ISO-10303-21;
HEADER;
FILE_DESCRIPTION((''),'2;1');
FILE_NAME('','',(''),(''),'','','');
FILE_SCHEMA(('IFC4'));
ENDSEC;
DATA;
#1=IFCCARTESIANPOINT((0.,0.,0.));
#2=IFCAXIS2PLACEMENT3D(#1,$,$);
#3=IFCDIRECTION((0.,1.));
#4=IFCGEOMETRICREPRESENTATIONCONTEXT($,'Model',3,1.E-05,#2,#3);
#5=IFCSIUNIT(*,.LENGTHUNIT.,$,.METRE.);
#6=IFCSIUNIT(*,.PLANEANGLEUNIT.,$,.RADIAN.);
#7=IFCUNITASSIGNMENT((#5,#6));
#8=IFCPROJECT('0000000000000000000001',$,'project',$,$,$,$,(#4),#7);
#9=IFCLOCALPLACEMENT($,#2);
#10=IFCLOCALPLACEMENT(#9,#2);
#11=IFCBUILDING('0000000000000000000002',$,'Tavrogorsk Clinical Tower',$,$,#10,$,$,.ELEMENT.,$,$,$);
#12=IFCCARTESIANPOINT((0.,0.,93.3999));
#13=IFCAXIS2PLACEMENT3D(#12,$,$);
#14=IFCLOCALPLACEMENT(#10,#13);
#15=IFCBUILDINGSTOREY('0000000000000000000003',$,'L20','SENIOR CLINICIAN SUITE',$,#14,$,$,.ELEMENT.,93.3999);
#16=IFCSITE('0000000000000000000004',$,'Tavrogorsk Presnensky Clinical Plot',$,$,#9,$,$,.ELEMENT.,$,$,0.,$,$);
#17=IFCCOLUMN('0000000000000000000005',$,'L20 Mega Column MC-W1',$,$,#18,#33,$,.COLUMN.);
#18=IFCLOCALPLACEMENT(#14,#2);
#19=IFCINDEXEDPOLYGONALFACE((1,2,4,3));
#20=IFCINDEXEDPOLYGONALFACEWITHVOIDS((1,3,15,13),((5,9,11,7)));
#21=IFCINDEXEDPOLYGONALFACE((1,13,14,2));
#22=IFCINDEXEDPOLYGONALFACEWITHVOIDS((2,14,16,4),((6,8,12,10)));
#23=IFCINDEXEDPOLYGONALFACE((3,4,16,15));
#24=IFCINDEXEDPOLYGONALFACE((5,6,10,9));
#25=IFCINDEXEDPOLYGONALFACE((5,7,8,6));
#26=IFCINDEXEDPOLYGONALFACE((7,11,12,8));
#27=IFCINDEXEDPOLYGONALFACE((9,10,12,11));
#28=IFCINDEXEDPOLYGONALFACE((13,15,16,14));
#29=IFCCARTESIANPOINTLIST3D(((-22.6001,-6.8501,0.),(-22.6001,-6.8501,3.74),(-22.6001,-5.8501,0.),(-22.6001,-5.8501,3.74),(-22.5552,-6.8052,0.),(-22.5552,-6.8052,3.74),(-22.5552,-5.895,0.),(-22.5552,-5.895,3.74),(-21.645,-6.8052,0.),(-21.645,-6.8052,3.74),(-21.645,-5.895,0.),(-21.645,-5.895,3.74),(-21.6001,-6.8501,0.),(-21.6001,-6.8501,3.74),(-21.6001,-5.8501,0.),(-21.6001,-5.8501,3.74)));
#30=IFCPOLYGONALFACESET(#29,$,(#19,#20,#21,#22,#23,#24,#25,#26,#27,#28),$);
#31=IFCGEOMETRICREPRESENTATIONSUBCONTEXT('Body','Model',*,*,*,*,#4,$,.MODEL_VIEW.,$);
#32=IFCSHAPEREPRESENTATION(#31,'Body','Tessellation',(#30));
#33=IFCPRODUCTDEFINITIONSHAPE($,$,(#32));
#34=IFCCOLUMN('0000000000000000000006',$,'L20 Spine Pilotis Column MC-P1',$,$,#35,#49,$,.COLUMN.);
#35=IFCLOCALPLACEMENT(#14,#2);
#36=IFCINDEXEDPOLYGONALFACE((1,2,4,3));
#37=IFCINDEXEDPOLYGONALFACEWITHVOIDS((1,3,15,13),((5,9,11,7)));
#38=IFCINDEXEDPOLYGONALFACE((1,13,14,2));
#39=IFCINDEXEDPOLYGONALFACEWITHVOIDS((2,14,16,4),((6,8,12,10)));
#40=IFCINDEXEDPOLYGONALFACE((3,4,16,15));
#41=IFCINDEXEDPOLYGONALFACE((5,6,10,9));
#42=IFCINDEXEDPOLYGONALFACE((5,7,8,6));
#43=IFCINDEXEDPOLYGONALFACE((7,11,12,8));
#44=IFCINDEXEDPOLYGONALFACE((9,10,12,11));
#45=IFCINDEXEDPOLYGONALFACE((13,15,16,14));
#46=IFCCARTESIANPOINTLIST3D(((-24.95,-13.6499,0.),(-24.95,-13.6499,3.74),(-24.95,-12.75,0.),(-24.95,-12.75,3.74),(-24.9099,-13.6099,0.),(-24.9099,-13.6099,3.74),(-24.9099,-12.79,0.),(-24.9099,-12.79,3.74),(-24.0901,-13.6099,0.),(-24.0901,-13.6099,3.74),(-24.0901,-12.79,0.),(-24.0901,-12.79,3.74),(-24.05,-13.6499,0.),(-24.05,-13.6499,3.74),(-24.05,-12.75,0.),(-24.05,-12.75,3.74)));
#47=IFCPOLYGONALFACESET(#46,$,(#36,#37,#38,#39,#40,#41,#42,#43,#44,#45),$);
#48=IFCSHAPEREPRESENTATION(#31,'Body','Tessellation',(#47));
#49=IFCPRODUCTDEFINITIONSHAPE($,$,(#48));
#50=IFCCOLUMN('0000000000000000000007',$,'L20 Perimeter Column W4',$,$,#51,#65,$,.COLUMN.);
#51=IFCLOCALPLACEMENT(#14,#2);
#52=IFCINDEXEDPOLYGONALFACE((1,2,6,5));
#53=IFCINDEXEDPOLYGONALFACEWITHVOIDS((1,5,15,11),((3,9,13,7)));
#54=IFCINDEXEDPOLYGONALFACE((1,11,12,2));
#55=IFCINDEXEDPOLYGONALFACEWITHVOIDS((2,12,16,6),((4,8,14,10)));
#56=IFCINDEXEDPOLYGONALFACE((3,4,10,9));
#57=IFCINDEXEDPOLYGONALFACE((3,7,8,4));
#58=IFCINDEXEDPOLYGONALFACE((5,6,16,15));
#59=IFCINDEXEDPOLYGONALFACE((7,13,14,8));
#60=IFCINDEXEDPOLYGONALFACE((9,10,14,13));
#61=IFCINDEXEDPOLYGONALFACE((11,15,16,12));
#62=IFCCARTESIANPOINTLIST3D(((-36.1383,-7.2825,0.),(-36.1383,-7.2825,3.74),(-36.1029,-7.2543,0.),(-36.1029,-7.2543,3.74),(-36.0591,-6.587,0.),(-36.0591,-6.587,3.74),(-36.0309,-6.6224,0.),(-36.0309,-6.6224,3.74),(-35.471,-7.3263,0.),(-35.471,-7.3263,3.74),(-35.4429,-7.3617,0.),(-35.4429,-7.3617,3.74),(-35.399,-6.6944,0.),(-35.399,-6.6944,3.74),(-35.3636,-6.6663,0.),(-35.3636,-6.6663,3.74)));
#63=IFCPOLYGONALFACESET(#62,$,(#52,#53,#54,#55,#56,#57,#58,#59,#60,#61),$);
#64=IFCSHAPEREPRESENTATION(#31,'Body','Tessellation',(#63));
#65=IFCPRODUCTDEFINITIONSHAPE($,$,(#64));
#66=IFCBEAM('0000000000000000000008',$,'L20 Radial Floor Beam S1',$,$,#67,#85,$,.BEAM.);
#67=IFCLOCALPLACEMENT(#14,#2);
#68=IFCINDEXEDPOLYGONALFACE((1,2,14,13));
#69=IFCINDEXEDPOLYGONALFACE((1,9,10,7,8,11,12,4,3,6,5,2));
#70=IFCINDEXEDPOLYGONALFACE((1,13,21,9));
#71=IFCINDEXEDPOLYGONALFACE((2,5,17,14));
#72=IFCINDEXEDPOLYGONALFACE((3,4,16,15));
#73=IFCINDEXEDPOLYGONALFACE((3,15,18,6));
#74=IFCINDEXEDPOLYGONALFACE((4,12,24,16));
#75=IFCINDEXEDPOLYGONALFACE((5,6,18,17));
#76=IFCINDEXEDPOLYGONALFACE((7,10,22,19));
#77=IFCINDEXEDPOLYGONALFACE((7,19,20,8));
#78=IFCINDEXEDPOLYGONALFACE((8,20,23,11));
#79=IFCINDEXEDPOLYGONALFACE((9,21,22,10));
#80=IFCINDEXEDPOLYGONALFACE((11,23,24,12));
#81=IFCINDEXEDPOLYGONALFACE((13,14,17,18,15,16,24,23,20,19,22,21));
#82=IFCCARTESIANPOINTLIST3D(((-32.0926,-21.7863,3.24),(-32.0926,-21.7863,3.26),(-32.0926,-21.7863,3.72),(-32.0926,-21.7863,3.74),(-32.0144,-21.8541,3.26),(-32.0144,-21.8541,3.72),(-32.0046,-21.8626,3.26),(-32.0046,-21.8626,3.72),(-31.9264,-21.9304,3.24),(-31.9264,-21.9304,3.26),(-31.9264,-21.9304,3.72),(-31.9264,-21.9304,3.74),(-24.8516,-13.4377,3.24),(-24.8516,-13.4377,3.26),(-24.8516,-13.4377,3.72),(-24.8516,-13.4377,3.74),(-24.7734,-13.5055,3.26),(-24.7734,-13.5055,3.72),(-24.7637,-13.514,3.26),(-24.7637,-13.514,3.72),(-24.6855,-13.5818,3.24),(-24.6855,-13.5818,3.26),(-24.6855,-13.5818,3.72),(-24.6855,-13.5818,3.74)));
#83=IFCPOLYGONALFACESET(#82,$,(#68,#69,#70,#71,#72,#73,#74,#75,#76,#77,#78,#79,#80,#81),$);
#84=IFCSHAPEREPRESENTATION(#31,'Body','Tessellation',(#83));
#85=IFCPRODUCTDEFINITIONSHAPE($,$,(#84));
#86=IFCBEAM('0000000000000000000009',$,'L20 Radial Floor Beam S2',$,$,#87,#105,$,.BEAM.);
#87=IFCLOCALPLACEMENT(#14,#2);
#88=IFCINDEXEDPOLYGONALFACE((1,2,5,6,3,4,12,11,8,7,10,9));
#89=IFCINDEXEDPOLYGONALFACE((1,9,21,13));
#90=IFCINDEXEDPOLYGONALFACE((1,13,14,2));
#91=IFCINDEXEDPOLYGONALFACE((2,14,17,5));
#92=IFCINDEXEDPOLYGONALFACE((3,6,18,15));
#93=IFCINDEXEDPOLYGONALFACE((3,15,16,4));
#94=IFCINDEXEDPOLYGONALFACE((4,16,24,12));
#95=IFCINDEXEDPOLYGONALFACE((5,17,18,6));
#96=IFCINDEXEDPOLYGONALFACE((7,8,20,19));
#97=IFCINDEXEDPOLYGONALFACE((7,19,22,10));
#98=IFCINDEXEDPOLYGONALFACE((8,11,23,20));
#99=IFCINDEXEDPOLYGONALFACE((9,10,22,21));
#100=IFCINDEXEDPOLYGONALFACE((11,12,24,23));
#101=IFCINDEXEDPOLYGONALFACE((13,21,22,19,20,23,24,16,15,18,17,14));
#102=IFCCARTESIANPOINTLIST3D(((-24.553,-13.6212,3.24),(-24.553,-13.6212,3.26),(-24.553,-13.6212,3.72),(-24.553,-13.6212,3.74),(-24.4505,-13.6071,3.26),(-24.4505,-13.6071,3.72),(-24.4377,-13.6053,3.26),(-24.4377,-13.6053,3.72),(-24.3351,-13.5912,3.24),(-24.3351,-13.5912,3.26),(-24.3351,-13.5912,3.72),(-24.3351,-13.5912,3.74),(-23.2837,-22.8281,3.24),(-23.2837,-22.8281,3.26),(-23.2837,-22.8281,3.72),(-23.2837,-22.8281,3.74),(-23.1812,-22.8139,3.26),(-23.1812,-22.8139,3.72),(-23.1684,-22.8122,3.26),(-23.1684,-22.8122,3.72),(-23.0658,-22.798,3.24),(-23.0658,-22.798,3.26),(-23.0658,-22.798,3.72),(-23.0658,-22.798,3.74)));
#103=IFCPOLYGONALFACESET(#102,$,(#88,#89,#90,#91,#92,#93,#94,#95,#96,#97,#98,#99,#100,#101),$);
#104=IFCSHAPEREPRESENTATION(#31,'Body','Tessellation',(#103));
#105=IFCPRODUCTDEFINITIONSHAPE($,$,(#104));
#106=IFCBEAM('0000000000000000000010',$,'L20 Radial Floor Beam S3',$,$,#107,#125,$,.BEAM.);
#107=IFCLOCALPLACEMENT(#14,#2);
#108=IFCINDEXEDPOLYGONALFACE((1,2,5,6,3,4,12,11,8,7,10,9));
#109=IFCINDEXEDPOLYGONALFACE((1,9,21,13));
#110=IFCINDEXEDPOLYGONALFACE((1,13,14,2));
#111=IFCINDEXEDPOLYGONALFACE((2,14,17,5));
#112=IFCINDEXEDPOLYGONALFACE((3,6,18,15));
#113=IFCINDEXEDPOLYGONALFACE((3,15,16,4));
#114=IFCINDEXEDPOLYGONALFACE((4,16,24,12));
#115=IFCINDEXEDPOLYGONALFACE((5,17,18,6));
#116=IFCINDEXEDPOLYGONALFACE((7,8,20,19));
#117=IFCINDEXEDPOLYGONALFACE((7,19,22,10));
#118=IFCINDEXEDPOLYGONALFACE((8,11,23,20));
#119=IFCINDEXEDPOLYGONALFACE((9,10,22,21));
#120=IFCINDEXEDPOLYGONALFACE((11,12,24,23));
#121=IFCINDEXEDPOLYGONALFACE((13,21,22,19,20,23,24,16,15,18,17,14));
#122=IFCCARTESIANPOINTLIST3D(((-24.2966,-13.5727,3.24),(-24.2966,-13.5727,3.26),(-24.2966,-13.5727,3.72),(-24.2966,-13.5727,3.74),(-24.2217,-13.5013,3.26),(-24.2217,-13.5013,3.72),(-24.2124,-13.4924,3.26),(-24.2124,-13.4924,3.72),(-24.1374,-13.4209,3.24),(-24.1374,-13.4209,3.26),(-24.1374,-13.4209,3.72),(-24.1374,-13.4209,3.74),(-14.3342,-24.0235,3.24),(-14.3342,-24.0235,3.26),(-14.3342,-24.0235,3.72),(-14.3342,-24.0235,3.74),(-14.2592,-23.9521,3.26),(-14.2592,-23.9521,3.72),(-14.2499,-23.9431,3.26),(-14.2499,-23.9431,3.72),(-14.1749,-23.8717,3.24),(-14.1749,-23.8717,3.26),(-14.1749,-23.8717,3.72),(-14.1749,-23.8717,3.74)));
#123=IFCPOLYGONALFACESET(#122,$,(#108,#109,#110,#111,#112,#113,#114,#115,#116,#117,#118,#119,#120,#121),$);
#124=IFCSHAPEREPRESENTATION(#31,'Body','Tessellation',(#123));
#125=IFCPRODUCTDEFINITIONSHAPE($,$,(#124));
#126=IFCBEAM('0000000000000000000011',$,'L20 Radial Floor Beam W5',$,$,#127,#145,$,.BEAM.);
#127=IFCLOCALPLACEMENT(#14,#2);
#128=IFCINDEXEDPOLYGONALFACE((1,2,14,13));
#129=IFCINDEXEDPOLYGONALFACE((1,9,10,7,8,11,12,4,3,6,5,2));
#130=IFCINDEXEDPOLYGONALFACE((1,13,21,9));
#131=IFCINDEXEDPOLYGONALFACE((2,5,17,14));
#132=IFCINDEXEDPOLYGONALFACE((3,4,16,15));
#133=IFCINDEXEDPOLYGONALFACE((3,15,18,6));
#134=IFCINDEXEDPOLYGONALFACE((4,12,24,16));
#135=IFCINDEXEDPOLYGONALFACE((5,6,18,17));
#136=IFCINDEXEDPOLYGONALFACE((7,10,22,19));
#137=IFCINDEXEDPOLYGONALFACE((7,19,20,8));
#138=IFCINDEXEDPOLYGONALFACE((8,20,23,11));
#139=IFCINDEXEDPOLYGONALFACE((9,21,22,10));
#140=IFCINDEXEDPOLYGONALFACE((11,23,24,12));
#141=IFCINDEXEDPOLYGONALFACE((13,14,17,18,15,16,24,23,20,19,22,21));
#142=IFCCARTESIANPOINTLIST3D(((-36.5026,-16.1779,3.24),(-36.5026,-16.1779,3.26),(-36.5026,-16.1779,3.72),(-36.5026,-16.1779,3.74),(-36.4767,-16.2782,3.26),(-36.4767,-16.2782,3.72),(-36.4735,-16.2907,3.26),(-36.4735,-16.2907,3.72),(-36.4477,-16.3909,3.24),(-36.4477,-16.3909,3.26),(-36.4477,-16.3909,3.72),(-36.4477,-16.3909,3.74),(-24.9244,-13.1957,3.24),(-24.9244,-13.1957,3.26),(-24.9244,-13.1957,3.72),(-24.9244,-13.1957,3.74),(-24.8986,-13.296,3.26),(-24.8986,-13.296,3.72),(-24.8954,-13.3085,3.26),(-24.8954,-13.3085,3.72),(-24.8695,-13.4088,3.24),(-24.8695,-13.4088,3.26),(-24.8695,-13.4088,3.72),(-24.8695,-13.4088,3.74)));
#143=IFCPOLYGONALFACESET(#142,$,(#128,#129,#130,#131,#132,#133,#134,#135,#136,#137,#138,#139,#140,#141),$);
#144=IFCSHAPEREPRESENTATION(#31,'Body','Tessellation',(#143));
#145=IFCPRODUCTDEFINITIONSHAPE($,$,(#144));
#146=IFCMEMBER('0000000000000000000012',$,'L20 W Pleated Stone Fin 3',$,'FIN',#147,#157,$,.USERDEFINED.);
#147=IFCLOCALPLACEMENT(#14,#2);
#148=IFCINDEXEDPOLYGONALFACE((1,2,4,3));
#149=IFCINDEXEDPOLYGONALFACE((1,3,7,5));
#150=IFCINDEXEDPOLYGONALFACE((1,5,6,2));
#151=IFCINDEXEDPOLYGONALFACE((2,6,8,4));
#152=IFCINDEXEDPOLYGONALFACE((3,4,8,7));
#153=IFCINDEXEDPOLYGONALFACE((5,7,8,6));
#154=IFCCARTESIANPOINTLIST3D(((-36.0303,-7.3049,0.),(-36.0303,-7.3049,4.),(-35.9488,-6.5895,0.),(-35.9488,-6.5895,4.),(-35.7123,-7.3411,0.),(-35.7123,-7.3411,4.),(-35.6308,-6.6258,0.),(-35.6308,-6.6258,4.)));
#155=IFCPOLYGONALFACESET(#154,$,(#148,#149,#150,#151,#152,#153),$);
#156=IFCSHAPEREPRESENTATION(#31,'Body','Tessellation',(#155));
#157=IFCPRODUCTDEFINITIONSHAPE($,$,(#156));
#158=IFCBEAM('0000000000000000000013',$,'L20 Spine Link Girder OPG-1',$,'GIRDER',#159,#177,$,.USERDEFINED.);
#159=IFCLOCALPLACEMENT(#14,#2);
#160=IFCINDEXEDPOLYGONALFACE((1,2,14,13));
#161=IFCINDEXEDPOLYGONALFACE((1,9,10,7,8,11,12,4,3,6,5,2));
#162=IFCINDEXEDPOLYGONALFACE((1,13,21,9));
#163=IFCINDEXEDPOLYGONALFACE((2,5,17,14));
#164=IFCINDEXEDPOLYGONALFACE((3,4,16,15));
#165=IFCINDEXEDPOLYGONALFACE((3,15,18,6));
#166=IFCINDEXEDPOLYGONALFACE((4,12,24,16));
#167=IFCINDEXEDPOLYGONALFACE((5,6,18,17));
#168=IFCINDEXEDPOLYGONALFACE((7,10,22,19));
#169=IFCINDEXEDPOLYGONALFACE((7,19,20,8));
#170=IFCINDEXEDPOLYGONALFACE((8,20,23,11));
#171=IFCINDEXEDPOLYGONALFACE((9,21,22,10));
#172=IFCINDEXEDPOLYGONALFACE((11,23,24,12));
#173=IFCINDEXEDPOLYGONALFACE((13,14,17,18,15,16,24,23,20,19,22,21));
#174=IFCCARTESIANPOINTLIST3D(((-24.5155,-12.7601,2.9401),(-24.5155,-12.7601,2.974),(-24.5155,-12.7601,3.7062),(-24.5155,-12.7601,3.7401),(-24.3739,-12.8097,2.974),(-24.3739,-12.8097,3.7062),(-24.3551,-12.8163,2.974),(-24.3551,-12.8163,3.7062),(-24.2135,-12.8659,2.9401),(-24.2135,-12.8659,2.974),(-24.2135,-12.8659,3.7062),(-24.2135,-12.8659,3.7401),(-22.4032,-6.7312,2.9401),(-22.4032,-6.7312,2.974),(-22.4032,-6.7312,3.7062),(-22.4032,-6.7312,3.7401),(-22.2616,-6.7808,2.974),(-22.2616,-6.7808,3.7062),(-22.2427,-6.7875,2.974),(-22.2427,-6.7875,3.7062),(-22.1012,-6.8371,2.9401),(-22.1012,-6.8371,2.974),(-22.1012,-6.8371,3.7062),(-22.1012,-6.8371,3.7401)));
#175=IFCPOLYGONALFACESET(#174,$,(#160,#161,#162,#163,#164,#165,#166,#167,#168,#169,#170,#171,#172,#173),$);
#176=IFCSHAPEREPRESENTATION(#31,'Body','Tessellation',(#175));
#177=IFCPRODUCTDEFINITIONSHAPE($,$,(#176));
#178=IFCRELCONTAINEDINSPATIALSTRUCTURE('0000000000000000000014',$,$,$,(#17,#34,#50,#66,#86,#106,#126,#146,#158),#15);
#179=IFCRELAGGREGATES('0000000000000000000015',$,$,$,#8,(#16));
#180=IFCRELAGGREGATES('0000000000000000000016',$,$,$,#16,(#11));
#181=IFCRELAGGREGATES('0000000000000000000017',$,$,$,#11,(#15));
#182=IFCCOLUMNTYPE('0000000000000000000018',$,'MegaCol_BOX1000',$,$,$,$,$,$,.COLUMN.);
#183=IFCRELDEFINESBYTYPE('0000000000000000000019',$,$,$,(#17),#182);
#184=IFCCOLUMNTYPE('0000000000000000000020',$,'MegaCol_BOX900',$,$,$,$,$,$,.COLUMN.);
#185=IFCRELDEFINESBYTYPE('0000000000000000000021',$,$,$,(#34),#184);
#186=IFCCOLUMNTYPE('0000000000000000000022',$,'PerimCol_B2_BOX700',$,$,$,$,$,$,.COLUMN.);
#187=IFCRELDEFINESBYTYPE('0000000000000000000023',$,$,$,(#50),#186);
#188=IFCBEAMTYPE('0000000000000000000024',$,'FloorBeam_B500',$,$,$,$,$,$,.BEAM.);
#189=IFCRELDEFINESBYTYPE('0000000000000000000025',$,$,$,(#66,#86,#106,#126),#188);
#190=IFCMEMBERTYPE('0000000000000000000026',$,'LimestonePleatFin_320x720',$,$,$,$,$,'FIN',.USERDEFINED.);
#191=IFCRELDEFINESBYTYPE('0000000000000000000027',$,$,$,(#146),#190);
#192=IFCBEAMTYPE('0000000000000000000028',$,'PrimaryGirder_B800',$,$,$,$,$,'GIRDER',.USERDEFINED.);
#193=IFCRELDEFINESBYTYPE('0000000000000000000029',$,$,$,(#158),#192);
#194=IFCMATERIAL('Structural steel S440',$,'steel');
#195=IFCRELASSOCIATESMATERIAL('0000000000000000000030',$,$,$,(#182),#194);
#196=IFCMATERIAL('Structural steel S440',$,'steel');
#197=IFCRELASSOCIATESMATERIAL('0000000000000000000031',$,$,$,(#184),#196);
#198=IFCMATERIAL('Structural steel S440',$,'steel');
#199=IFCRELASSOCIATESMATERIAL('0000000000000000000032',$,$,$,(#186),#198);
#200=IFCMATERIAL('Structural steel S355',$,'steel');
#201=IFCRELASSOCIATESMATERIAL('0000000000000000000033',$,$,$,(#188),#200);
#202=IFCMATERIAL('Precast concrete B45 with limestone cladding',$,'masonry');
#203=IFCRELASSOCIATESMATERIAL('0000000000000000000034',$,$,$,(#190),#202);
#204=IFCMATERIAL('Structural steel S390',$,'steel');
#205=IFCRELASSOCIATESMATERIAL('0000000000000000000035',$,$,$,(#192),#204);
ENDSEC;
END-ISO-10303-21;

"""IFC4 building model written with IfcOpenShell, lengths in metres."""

from ifc_helpers import new_model, si_unit, direction, frame, origin, origin_2d, place, context, subcontext, project, spatial, rectangle, hollow_rectangle, i_section, extrude, material, material_profile, profile_set, type_object, element, save


model = new_model("IFC4")

# Units and contexts
model_context = context("Model", 3, precision=1e-05, world=origin(), true_north=direction((0.0, 1.0)))
body_context = subcontext(model_context, "Body", "Model", "MODEL_VIEW")
ifc_project = project(units=[si_unit("LENGTHUNIT", "METRE"), si_unit("PLANEANGLEUNIT", "RADIAN")], contexts=[model_context])

# Site, building, storey
site_placement = place(None, origin())
site = spatial("IfcSite", under=ifc_project, at=site_placement, Name="Tavrogorsk Presnensky Clinical Plot", CompositionType="ELEMENT", RefElevation=0.0)
building_placement = place(site_placement, origin())
building = spatial("IfcBuilding", under=site, at=building_placement, Name="Tavrogorsk Clinical Tower", CompositionType="ELEMENT")
storey_placement = place(building_placement, frame((0.0, 0.0, 93.3999)))
storey = spatial("IfcBuildingStorey", under=building, at=storey_placement, Name="L20", Description="SENIOR CLINICIAN SUITE", CompositionType="ELEMENT", Elevation=93.3999)

# Columns
ifc_material_1 = material(Name="Structural steel S440", Category="steel")
ifc_material_profile_1 = material_profile(ifc_material_1, hollow_rectangle(XDim=1.0, YDim=1.0, WallThickness=0.0449, at=origin_2d()), Name="BOX-1000x1000x45")
ifc_profile_set_1 = profile_set([ifc_material_profile_1], Name="Structural steel S440")
column_type_1 = type_object("IfcColumnType", Name="MegaCol_BOX1000", PredefinedType="COLUMN", material=ifc_profile_set_1)
column_1_placement = place(storey_placement, frame((-22.1001, -6.3501, 0.0), z_axis=(0.0, 0.0, 1.0), x_axis=(1.0, 0.0, 0.0)))
element("IfcColumn", 1, at=column_1_placement, inside=storey, type_object=column_type_1, Name="L20 Mega Column MC-W1", PredefinedType="COLUMN", context=body_context, shape_type="SweptSolid", body=[
    extrude(hollow_rectangle(XDim=1.0, YDim=1.0, WallThickness=0.0449, at=origin_2d()), origin(), (0.0, 0.0, 1.0), 3.74),
])
ifc_material_2 = material(Name="Structural steel S440", Category="steel")
ifc_material_profile_2 = material_profile(ifc_material_2, hollow_rectangle(XDim=0.8999, YDim=0.8999, WallThickness=0.04, at=origin_2d()), Name="BOX-900x900x40")
ifc_profile_set_2 = profile_set([ifc_material_profile_2], Name="Structural steel S440")
column_type_2 = type_object("IfcColumnType", Name="MegaCol_BOX900", PredefinedType="COLUMN", material=ifc_profile_set_2)
column_2_placement = place(storey_placement, frame((-24.5, -13.2, 0.0), z_axis=(0.0, 0.0, 1.0), x_axis=(1.0, 0.0, 0.0)))
element("IfcColumn", 2, at=column_2_placement, inside=storey, type_object=column_type_2, Name="L20 Spine Pilotis Column MC-P1", PredefinedType="COLUMN", context=body_context, shape_type="SweptSolid", body=[
    extrude(hollow_rectangle(XDim=0.8999, YDim=0.8999, WallThickness=0.04, at=origin_2d()), origin(), (0.0, 0.0, 1.0), 3.74),
])
ifc_material_3 = material(Name="Structural steel S440", Category="steel")
ifc_material_profile_3 = material_profile(ifc_material_3, hollow_rectangle(XDim=0.7, YDim=0.7, WallThickness=0.032, at=origin_2d()), Name="BOX-700x700x32")
ifc_profile_set_3 = profile_set([ifc_material_profile_3], Name="Structural steel S440")
column_type_3 = type_object("IfcColumnType", Name="PerimCol_B2_BOX700", PredefinedType="COLUMN", material=ifc_profile_set_3)
column_3_placement = place(storey_placement, frame((-35.751, -6.9744, 0.0), z_axis=(0.0, 0.0, 1.0), x_axis=(0.993572, -0.113203, 0.0)))
element("IfcColumn", 3, at=column_3_placement, inside=storey, type_object=column_type_3, Name="L20 Perimeter Column W4", PredefinedType="COLUMN", context=body_context, shape_type="SweptSolid", body=[
    extrude(hollow_rectangle(XDim=0.7, YDim=0.7, WallThickness=0.032, at=origin_2d()), origin(), (0.0, 0.0, 1.0), 3.74),
])

# Beams
ifc_material_4 = material(Name="Structural steel S355", Category="steel")
ifc_material_profile_4 = material_profile(ifc_material_4, i_section(OverallWidth=0.22, OverallDepth=0.5, WebThickness=0.0129, FlangeThickness=0.02, at=origin_2d()), Name="B-500x220x13x20")
ifc_profile_set_4 = profile_set([ifc_material_profile_4], Name="Structural steel S355")
beam_type_1 = type_object("IfcBeamType", Name="FloorBeam_B500", PredefinedType="BEAM", material=ifc_profile_set_4)
beam_1_placement = place(storey_placement, frame((-24.7686, -13.5098, 3.49), z_axis=(-0.655214, -0.755443, 0.0), x_axis=(0.755443, -0.655214, 0.0)))
element("IfcBeam", 4, at=beam_1_placement, inside=storey, type_object=beam_type_1, Name="L20 Radial Floor Beam S1", PredefinedType="BEAM", context=body_context, shape_type="SweptSolid", body=[
    extrude(i_section(OverallWidth=0.22, OverallDepth=0.5, WebThickness=0.0129, FlangeThickness=0.02, at=origin_2d()), origin(), (0.0, 0.0, 1.0), 11.0513),
])
beam_2_placement = place(storey_placement, frame((-24.4441, -13.6062, 3.49), z_axis=(0.136573, -0.99063, 0.0), x_axis=(0.99063, 0.136573, 0.0)))
element("IfcBeam", 5, at=beam_2_placement, inside=storey, type_object=beam_type_1, Name="L20 Radial Floor Beam S2", PredefinedType="BEAM", context=body_context, shape_type="SweptSolid", body=[
    extrude(i_section(OverallWidth=0.22, OverallDepth=0.5, WebThickness=0.0129, FlangeThickness=0.02, at=origin_2d()), origin(), (0.0, 0.0, 1.0), 9.2939),
])
beam_3_placement = place(storey_placement, frame((-24.217, -13.4968, 3.49), z_axis=(0.689995, -0.723814, 0.0), x_axis=(0.723814, 0.689995, 0.0)))
element("IfcBeam", 6, at=beam_3_placement, inside=storey, type_object=beam_type_1, Name="L20 Radial Floor Beam S3", PredefinedType="BEAM", context=body_context, shape_type="SweptSolid", body=[
    extrude(i_section(OverallWidth=0.22, OverallDepth=0.5, WebThickness=0.0129, FlangeThickness=0.02, at=origin_2d()), origin(), (0.0, 0.0, 1.0), 14.4385),
])
beam_4_placement = place(storey_placement, frame((-24.897, -13.3022, 3.49), z_axis=(-0.968393, -0.249429, 0.0), x_axis=(0.249429, -0.968393, 0.0)))
element("IfcBeam", 7, at=beam_4_placement, inside=storey, type_object=beam_type_1, Name="L20 Radial Floor Beam W5", PredefinedType="BEAM", context=body_context, shape_type="SweptSolid", body=[
    extrude(i_section(OverallWidth=0.22, OverallDepth=0.5, WebThickness=0.0129, FlangeThickness=0.02, at=origin_2d()), origin(), (0.0, 0.0, 1.0), 11.9561),
])

# Member
ifc_material_5 = material(Name="Precast concrete B45 with limestone cladding", Category="masonry")
ifc_material_profile_5 = material_profile(ifc_material_5, rectangle(XDim=0.3201, YDim=0.72, at=origin_2d()), Name="LIMESTONE-FIN-320x720")
ifc_profile_set_5 = profile_set([ifc_material_profile_5], Name="Precast concrete B45 with limestone cladding")
member_type = type_object("IfcMemberType", Name="LimestonePleatFin_320x720", ElementType="FIN", PredefinedType="USERDEFINED", material=ifc_profile_set_5)
member_placement = place(storey_placement, frame((-35.8306, -6.9653, 0.0), z_axis=(0.0, 0.0, 1.0), x_axis=(0.993572, -0.113203, 0.0)))
element("IfcMember", 8, at=member_placement, inside=storey, type_object=member_type, Name="L20 W Pleated Stone Fin 3", ObjectType="FIN", PredefinedType="USERDEFINED", context=body_context, shape_type="SweptSolid", body=[
    extrude(rectangle(XDim=0.3201, YDim=0.72, at=origin_2d()), origin(), (0.0, 0.0, 1.0), 4.0),
])

# Beam
ifc_material_6 = material(Name="Structural steel S390", Category="steel")
ifc_material_profile_6 = material_profile(ifc_material_6, i_section(OverallWidth=0.3201, OverallDepth=0.8, WebThickness=0.02, FlangeThickness=0.0339, at=origin_2d()), Name="B-800x320x20x34")
ifc_profile_set_6 = profile_set([ifc_material_profile_6], Name="Structural steel S390")
beam_type_2 = type_object("IfcBeamType", Name="PrimaryGirder_B800", ElementType="GIRDER", PredefinedType="USERDEFINED", material=ifc_profile_set_6)
beam_5_placement = place(storey_placement, frame((-24.3645, -12.813, 3.3401), z_axis=(0.33066, 0.94375, 0.0), x_axis=(-0.94375, 0.33066, 0.0)))
element("IfcBeam", 9, at=beam_5_placement, inside=storey, type_object=beam_type_2, Name="L20 Spine Link Girder OPG-1", ObjectType="GIRDER", PredefinedType="USERDEFINED", context=body_context, shape_type="SweptSolid", body=[
    extrude(i_section(OverallWidth=0.3201, OverallDepth=0.8, WebThickness=0.02, FlangeThickness=0.0339, at=origin_2d()), origin(), (0.0, 0.0, 1.0), 6.3882),
])

save(model, "model.ifc")
